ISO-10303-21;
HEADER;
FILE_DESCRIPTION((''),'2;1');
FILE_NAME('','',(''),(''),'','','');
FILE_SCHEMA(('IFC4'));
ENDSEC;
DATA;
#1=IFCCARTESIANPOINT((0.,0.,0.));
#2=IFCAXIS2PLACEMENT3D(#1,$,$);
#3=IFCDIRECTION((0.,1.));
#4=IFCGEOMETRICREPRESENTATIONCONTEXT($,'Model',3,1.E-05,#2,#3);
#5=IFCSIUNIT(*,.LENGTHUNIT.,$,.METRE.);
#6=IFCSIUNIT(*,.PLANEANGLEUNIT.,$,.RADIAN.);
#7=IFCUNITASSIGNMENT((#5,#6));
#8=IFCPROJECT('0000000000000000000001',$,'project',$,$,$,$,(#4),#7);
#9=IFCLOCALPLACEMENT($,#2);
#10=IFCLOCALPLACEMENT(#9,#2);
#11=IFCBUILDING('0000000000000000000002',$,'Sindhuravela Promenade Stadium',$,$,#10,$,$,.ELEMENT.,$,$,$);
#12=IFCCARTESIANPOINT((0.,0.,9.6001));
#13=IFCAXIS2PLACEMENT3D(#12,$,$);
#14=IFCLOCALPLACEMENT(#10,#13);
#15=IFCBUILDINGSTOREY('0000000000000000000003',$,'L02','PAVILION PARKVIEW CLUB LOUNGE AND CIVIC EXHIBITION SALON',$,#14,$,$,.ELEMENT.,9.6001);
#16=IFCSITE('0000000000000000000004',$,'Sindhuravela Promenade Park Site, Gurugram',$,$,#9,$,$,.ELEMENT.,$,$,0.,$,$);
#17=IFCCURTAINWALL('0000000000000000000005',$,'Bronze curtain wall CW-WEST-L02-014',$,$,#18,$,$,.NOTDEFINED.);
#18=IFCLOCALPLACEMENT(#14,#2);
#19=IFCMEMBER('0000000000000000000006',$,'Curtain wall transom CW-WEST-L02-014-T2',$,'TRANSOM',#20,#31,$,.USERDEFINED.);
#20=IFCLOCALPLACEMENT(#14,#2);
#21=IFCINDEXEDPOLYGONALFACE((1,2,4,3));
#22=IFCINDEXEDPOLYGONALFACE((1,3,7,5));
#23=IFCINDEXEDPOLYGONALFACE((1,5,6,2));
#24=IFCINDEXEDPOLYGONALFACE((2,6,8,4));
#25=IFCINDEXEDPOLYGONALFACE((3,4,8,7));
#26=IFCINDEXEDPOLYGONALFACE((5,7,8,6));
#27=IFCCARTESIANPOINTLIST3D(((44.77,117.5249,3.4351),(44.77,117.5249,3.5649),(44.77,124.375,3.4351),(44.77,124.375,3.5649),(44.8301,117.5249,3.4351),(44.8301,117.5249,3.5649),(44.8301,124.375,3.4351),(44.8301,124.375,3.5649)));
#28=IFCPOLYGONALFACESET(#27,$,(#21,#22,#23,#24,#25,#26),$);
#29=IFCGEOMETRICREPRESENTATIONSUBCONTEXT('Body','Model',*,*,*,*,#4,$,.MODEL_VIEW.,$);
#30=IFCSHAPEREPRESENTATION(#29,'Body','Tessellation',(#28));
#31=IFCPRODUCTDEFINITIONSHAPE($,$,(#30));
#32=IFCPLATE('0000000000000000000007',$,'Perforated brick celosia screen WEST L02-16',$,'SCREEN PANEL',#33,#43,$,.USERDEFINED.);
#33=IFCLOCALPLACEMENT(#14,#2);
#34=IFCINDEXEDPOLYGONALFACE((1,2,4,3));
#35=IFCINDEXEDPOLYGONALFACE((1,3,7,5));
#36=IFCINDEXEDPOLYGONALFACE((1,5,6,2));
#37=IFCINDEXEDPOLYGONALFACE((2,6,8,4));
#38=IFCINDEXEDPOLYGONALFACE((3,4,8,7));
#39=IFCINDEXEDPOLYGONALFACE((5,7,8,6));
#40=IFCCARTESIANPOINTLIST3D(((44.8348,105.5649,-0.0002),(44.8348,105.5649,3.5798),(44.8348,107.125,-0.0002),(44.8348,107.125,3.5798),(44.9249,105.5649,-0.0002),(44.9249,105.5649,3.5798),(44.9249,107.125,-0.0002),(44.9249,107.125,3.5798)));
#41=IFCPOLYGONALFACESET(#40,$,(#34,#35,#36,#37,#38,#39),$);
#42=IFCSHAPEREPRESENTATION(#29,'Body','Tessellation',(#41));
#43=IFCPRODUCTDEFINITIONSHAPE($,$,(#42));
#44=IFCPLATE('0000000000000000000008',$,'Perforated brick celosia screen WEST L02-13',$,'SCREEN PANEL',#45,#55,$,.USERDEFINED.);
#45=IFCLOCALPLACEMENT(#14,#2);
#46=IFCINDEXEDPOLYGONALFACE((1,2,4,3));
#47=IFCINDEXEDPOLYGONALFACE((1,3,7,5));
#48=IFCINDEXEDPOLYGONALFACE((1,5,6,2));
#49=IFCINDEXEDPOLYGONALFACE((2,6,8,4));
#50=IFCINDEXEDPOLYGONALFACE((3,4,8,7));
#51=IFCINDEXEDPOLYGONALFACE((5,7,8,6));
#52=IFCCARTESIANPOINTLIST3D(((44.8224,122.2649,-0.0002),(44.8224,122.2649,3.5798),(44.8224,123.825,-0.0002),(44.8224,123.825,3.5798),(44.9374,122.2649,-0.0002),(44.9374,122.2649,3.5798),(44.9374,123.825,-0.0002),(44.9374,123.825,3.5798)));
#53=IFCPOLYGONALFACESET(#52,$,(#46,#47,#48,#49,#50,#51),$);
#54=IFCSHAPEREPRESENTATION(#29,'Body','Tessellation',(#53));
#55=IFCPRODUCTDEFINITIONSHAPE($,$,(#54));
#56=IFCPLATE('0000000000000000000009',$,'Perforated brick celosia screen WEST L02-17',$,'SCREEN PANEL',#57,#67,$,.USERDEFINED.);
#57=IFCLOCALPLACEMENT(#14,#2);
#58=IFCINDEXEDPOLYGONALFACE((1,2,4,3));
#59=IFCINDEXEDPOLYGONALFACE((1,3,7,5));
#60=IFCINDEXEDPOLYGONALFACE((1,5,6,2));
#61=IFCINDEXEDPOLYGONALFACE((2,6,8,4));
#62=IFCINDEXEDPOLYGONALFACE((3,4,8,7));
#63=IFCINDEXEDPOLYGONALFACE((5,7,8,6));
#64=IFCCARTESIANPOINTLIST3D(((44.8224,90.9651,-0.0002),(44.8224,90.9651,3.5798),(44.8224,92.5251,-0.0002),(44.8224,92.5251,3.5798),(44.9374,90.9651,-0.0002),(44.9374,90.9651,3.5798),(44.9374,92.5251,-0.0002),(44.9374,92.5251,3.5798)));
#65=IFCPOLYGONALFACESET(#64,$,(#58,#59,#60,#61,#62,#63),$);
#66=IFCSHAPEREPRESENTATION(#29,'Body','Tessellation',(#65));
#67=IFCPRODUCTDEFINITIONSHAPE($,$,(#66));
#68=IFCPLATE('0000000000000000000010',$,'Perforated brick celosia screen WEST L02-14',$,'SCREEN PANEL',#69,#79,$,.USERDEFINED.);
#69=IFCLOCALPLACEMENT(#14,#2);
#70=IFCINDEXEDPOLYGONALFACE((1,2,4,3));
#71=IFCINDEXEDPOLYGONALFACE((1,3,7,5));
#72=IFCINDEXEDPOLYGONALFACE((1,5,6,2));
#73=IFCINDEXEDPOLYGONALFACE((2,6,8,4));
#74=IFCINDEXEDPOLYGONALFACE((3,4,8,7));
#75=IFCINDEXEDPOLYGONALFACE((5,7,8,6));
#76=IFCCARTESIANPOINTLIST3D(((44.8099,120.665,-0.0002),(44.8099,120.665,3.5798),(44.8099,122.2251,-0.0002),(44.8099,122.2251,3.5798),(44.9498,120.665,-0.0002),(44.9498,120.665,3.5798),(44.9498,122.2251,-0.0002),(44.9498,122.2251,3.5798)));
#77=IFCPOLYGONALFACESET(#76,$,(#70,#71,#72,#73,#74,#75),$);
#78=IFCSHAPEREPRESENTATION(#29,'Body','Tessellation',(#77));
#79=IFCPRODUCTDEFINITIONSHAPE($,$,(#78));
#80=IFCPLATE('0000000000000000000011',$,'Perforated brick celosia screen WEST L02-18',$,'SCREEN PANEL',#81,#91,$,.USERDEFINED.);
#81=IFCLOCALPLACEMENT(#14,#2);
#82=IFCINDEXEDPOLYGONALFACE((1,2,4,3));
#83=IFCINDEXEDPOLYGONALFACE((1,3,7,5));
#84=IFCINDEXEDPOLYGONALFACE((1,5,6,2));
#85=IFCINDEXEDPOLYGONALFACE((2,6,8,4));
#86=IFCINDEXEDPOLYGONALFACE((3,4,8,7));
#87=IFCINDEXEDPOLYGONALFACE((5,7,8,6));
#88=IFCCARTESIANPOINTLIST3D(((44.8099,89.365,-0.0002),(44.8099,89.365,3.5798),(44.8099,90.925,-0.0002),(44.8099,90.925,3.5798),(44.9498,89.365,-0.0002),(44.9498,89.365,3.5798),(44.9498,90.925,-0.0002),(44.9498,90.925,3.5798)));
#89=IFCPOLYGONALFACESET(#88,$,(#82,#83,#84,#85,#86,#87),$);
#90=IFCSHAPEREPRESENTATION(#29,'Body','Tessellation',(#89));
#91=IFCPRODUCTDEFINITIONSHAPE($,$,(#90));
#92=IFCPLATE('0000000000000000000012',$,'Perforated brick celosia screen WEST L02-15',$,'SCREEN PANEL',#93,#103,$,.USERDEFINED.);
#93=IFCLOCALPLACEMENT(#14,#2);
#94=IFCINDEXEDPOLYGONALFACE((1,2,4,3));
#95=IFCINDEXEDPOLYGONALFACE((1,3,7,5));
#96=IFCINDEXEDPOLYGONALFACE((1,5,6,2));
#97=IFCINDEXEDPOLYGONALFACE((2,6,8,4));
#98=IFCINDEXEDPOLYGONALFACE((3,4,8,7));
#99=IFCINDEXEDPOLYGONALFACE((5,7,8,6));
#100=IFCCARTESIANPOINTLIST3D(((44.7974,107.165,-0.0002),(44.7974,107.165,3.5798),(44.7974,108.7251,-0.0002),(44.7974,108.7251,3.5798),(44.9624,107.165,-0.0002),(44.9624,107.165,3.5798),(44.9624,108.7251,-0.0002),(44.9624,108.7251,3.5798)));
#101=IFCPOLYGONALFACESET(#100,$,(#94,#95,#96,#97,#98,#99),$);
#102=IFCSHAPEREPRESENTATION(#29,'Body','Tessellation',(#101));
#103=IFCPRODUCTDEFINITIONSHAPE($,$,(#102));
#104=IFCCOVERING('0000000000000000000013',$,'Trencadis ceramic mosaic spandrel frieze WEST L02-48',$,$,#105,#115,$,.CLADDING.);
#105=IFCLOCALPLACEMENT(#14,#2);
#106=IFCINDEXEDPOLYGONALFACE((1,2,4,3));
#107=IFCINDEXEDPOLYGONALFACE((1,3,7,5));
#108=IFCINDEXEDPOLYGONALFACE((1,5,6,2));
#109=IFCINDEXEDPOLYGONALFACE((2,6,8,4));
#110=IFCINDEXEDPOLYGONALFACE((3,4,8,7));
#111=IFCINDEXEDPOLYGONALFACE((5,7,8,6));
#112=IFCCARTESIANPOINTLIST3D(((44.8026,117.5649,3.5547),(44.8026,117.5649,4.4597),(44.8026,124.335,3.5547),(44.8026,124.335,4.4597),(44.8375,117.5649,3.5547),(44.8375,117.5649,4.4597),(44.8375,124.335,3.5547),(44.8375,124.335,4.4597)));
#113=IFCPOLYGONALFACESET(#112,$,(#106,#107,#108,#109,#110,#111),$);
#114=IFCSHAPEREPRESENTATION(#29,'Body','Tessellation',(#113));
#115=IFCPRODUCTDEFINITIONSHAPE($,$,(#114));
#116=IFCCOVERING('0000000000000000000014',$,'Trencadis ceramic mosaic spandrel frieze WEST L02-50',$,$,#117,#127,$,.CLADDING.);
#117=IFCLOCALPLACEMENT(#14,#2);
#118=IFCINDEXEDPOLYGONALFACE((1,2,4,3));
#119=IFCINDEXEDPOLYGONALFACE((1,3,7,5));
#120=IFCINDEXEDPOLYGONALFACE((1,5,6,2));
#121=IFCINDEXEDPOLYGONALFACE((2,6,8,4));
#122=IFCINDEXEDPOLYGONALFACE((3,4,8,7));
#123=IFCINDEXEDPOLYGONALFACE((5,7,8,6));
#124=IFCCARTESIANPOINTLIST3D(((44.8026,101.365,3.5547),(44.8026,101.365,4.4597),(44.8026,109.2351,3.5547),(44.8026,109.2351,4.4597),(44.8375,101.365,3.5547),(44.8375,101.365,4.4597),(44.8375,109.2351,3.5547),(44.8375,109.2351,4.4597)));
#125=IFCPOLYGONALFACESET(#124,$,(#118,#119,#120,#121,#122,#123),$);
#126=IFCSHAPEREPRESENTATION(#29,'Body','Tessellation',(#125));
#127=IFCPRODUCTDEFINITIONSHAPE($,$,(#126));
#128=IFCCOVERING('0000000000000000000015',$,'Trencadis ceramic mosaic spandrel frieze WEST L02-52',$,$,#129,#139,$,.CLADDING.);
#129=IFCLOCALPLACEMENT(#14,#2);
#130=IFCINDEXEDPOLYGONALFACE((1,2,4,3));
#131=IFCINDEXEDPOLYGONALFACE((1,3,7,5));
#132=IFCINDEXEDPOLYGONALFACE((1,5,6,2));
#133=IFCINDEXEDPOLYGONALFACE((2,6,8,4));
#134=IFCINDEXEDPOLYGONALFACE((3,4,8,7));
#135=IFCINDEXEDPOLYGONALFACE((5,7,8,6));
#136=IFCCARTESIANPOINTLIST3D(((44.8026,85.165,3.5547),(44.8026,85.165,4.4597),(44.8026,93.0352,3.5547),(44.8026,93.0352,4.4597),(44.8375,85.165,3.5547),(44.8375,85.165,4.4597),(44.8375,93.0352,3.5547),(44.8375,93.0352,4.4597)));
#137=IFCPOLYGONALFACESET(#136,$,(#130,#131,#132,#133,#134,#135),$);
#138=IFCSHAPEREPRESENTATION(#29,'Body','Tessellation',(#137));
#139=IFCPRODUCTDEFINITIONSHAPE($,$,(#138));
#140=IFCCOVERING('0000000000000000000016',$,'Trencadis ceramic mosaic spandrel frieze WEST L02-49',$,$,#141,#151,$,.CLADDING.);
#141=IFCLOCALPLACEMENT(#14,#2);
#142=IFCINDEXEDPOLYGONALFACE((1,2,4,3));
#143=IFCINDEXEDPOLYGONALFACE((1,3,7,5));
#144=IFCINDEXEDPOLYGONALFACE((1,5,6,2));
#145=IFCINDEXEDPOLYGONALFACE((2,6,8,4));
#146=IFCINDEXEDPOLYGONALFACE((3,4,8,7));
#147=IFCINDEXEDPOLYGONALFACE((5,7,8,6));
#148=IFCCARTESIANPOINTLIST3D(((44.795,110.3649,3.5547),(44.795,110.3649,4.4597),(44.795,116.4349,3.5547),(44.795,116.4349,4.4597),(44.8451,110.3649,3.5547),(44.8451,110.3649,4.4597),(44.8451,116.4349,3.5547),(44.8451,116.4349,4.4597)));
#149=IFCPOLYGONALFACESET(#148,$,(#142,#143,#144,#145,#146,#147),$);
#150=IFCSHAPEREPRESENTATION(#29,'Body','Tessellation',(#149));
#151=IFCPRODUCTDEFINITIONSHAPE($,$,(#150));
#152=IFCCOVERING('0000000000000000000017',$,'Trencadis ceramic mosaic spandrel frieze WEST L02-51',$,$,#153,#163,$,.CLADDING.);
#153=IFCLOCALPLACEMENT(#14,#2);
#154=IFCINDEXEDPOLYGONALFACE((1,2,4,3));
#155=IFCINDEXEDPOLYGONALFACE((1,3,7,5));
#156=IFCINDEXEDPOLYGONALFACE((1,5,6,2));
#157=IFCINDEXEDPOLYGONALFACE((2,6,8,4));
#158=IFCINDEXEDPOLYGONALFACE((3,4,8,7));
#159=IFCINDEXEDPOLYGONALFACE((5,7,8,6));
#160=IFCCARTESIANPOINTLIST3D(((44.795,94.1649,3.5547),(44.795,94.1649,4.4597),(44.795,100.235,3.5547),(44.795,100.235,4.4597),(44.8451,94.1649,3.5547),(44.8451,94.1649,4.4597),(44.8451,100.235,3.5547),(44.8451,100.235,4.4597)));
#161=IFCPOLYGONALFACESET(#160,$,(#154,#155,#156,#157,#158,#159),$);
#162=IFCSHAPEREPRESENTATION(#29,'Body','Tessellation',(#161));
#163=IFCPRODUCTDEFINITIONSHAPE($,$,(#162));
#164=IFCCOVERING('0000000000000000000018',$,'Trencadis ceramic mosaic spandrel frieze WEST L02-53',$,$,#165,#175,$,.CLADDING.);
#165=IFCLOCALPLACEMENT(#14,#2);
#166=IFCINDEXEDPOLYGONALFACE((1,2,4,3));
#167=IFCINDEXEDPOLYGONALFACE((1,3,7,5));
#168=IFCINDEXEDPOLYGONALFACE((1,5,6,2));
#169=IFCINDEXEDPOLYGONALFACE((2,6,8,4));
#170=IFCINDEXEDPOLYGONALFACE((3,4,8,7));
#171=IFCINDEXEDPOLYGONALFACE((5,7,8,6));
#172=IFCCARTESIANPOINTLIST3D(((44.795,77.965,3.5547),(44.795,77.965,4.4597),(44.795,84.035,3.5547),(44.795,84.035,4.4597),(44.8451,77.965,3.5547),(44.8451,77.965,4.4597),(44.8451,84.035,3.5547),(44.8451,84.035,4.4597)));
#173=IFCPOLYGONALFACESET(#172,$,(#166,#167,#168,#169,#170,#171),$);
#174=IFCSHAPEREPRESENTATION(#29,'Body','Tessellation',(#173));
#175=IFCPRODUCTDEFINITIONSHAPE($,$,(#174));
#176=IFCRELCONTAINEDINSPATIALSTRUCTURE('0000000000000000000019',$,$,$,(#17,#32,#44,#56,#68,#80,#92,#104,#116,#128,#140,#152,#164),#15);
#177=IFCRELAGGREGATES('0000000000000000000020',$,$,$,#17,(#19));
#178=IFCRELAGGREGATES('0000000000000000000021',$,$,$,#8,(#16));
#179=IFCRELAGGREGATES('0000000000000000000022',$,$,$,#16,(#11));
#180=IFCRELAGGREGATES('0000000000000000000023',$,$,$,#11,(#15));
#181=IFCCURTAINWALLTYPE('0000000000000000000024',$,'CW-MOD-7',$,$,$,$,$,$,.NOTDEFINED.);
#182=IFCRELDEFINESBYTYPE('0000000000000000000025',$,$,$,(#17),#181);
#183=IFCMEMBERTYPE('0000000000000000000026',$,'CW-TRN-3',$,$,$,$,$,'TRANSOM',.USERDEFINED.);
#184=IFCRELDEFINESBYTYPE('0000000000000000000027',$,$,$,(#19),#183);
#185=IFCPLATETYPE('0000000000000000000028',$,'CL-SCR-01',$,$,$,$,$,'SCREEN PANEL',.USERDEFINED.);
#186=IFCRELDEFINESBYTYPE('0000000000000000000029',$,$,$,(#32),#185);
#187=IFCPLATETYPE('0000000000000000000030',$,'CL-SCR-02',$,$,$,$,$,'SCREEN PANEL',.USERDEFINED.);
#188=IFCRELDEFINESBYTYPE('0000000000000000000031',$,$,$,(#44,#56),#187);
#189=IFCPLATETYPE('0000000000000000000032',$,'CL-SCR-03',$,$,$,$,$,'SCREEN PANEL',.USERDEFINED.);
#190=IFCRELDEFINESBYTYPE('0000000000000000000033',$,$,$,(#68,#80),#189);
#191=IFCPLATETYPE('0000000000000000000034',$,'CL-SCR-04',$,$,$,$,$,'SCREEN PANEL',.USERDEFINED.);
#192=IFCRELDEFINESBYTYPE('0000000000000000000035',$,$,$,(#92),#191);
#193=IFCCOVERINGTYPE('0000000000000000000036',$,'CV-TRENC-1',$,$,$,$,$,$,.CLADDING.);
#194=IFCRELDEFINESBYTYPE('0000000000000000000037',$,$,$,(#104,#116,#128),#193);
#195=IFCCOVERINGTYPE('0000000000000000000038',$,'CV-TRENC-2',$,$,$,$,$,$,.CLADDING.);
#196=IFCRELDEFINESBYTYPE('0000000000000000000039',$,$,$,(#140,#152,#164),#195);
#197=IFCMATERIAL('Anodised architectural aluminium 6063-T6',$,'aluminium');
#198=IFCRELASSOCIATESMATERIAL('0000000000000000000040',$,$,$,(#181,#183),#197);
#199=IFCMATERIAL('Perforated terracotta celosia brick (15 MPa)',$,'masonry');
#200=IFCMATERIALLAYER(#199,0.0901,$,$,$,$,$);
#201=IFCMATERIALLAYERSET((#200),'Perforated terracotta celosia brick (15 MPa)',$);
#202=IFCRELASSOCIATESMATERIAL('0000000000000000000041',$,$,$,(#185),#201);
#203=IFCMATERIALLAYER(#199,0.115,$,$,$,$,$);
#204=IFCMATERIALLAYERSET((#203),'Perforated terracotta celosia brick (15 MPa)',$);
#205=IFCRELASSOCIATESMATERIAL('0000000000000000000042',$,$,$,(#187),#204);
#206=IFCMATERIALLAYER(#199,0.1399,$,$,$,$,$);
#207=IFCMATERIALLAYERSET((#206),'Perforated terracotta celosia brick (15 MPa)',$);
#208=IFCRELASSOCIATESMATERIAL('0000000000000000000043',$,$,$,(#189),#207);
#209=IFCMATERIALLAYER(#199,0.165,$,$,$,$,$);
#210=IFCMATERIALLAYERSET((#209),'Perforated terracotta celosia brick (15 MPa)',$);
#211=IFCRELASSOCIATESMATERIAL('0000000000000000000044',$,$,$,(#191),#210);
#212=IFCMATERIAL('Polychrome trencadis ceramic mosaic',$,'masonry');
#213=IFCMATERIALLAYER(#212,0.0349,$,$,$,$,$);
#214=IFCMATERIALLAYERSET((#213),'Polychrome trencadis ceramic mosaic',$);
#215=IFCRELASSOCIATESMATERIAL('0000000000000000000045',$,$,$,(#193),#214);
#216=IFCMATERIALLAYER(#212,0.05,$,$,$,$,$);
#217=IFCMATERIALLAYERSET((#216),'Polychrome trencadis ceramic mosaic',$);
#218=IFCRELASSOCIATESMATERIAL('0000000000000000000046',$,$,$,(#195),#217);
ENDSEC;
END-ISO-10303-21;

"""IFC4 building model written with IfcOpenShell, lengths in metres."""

from ifc_helpers import new_model, si_unit, direction, frame, origin, origin_2d, place, context, subcontext, project, spatial, rectangle, extrude, material, layer, layer_set, material_profile, profile_set, type_object, element, aggregate, save


model = new_model("IFC4")

# Units and contexts
model_context = context("Model", 3, precision=1e-05, world=origin(), true_north=direction((0.0, 1.0)))
body_context = subcontext(model_context, "Body", "Model", "MODEL_VIEW")
ifc_project = project(units=[si_unit("LENGTHUNIT", "METRE"), si_unit("PLANEANGLEUNIT", "RADIAN")], contexts=[model_context])

# Site, building, storey
site_placement = place(None, origin())
site = spatial("IfcSite", under=ifc_project, at=site_placement, Name="Sindhuravela Promenade Park Site, Gurugram", CompositionType="ELEMENT", RefElevation=0.0)
building_placement = place(site_placement, origin())
building = spatial("IfcBuilding", under=site, at=building_placement, Name="Sindhuravela Promenade Stadium", CompositionType="ELEMENT")
storey_placement = place(building_placement, frame((0.0, 0.0, 9.6001)))
storey = spatial("IfcBuildingStorey", under=building, at=storey_placement, Name="L02", Description="PAVILION PARKVIEW CLUB LOUNGE AND CIVIC EXHIBITION SALON", CompositionType="ELEMENT", Elevation=9.6001)

# Curtain wall, member
ifc_material_1 = material(Name="Anodised architectural aluminium 6063-T6", Category="aluminium")
curtain_wall_type = type_object("IfcCurtainWallType", Name="CW-MOD-7", PredefinedType="NOTDEFINED", material=ifc_material_1)
curtain_wall_placement = place(storey_placement, origin())
curtain_wall = element("IfcCurtainWall", 1, at=curtain_wall_placement, inside=storey, type_object=curtain_wall_type, Name="Bronze curtain wall CW-WEST-L02-014", PredefinedType="NOTDEFINED")
ifc_material_profile = material_profile(ifc_material_1, rectangle(XDim=0.0601, YDim=0.1299, at=origin_2d()), Name="ALU T60x130")
ifc_profile_set = profile_set([ifc_material_profile], Name="Anodised architectural aluminium 6063-T6")
member_type = type_object("IfcMemberType", Name="CW-TRN-3", ElementType="TRANSOM", PredefinedType="USERDEFINED", material=ifc_profile_set)
member_placement = place(storey_placement, frame((44.8, 124.375, 3.5), z_axis=(0.0, -1.0, 0.0), x_axis=(1.0, 0.0, 0.0)))
member = element("IfcMember", 2, at=member_placement, type_object=member_type, Name="Curtain wall transom CW-WEST-L02-014-T2", ObjectType="TRANSOM", PredefinedType="USERDEFINED", context=body_context, shape_type="SweptSolid", body=[
    extrude(rectangle(XDim=0.0601, YDim=0.1299, at=origin_2d()), origin(), (0.0, 0.0, 1.0), 6.8501),
])
aggregate(curtain_wall, [member])

# Plates
ifc_material_2 = material(Name="Perforated terracotta celosia brick (15 MPa)", Category="masonry")
ifc_layer_1 = layer(ifc_material_2, 0.0901)
ifc_layer_set_1 = layer_set([ifc_layer_1], Name="Perforated terracotta celosia brick (15 MPa)")
plate_type_1 = type_object("IfcPlateType", Name="CL-SCR-01", ElementType="SCREEN PANEL", PredefinedType="USERDEFINED", material=ifc_layer_set_1)
plate_1_placement = place(storey_placement, frame((44.8799, 106.345, -0.0002), z_axis=(0.0, 0.0, 1.0), x_axis=(0.0, -1.0, 0.0)))
element("IfcPlate", 3, at=plate_1_placement, inside=storey, type_object=plate_type_1, Name="Perforated brick celosia screen WEST L02-16", ObjectType="SCREEN PANEL", PredefinedType="USERDEFINED", context=body_context, shape_type="SweptSolid", body=[
    extrude(rectangle(XDim=1.5601, YDim=0.0901, at=origin_2d()), origin(), (0.0, 0.0, 1.0), 3.5801),
])
ifc_layer_2 = layer(ifc_material_2, 0.115)
ifc_layer_set_2 = layer_set([ifc_layer_2], Name="Perforated terracotta celosia brick (15 MPa)")
plate_type_2 = type_object("IfcPlateType", Name="CL-SCR-02", ElementType="SCREEN PANEL", PredefinedType="USERDEFINED", material=ifc_layer_set_2)
for number, where, z_axis, x_axis, name in (
    (4, (44.8799, 123.0449, -0.0002), (0.0, 0.0, 1.0), (0.0, -1.0, 0.0), "Perforated brick celosia screen WEST L02-13"),
    (5, (44.8799, 91.7451, -0.0002), (0.0, 0.0, 1.0), (0.0, -1.0, 0.0), "Perforated brick celosia screen WEST L02-17"),
):
    element("IfcPlate", number, at=place(storey_placement, frame(where, z_axis=z_axis, x_axis=x_axis)), inside=storey, type_object=plate_type_2, Name=name, ObjectType="SCREEN PANEL", PredefinedType="USERDEFINED", context=body_context, shape_type="SweptSolid", body=[
        extrude(rectangle(XDim=1.5601, YDim=0.115, at=origin_2d()), origin(), (0.0, 0.0, 1.0), 3.5801),
    ])
ifc_layer_3 = layer(ifc_material_2, 0.1399)
ifc_layer_set_3 = layer_set([ifc_layer_3], Name="Perforated terracotta celosia brick (15 MPa)")
plate_type_3 = type_object("IfcPlateType", Name="CL-SCR-03", ElementType="SCREEN PANEL", PredefinedType="USERDEFINED", material=ifc_layer_set_3)
for number, where, z_axis, x_axis, name in (
    (6, (44.8799, 121.4451, -0.0002), (0.0, 0.0, 1.0), (0.0, -1.0, 0.0), "Perforated brick celosia screen WEST L02-14"),
    (7, (44.8799, 90.145, -0.0002), (0.0, 0.0, 1.0), (0.0, -1.0, 0.0), "Perforated brick celosia screen WEST L02-18"),
):
    element("IfcPlate", number, at=place(storey_placement, frame(where, z_axis=z_axis, x_axis=x_axis)), inside=storey, type_object=plate_type_3, Name=name, ObjectType="SCREEN PANEL", PredefinedType="USERDEFINED", context=body_context, shape_type="SweptSolid", body=[
        extrude(rectangle(XDim=1.5601, YDim=0.1399, at=origin_2d()), origin(), (0.0, 0.0, 1.0), 3.5801),
    ])
ifc_layer_4 = layer(ifc_material_2, 0.165)
ifc_layer_set_4 = layer_set([ifc_layer_4], Name="Perforated terracotta celosia brick (15 MPa)")
plate_type_4 = type_object("IfcPlateType", Name="CL-SCR-04", ElementType="SCREEN PANEL", PredefinedType="USERDEFINED", material=ifc_layer_set_4)
plate_2_placement = place(storey_placement, frame((44.8799, 107.9451, -0.0002), z_axis=(0.0, 0.0, 1.0), x_axis=(0.0, -1.0, 0.0)))
element("IfcPlate", 8, at=plate_2_placement, inside=storey, type_object=plate_type_4, Name="Perforated brick celosia screen WEST L02-15", ObjectType="SCREEN PANEL", PredefinedType="USERDEFINED", context=body_context, shape_type="SweptSolid", body=[
    extrude(rectangle(XDim=1.5601, YDim=0.165, at=origin_2d()), origin(), (0.0, 0.0, 1.0), 3.5801),
])

# Coverings
ifc_material_3 = material(Name="Polychrome trencadis ceramic mosaic", Category="masonry")
ifc_layer_5 = layer(ifc_material_3, 0.0349)
ifc_layer_set_5 = layer_set([ifc_layer_5], Name="Polychrome trencadis ceramic mosaic")
covering_type_1 = type_object("IfcCoveringType", Name="CV-TRENC-1", PredefinedType="CLADDING", material=ifc_layer_set_5)
covering_placement = place(storey_placement, frame((44.8201, 120.95, 3.5547), z_axis=(0.0, 0.0, 1.0), x_axis=(0.0, -1.0, 0.0)))
element("IfcCovering", 9, at=covering_placement, inside=storey, type_object=covering_type_1, Name="Trencadis ceramic mosaic spandrel frieze WEST L02-48", PredefinedType="CLADDING", context=body_context, shape_type="SweptSolid", body=[
    extrude(rectangle(XDim=6.77, YDim=0.0349, at=origin_2d()), origin(), (0.0, 0.0, 1.0), 0.905),
])
for number, where, z_axis, x_axis, name in (
    (10, (44.8201, 105.3, 3.5547), (0.0, 0.0, 1.0), (0.0, -1.0, 0.0), "Trencadis ceramic mosaic spandrel frieze WEST L02-50"),
    (11, (44.8201, 89.1001, 3.5547), (0.0, 0.0, 1.0), (0.0, -1.0, 0.0), "Trencadis ceramic mosaic spandrel frieze WEST L02-52"),
):
    element("IfcCovering", number, at=place(storey_placement, frame(where, z_axis=z_axis, x_axis=x_axis)), inside=storey, type_object=covering_type_1, Name=name, PredefinedType="CLADDING", context=body_context, shape_type="SweptSolid", body=[
        extrude(rectangle(XDim=7.8701, YDim=0.0349, at=origin_2d()), origin(), (0.0, 0.0, 1.0), 0.905),
    ])
ifc_layer_6 = layer(ifc_material_3, 0.05)
ifc_layer_set_6 = layer_set([ifc_layer_6], Name="Polychrome trencadis ceramic mosaic")
covering_type_2 = type_object("IfcCoveringType", Name="CV-TRENC-2", PredefinedType="CLADDING", material=ifc_layer_set_6)
for number, where, z_axis, x_axis, name in (
    (12, (44.8201, 113.3999, 3.5547), (0.0, 0.0, 1.0), (0.0, -1.0, 0.0), "Trencadis ceramic mosaic spandrel frieze WEST L02-49"),
    (13, (44.8201, 97.2, 3.5547), (0.0, 0.0, 1.0), (0.0, -1.0, 0.0), "Trencadis ceramic mosaic spandrel frieze WEST L02-51"),
    (14, (44.8201, 81.0, 3.5547), (0.0, 0.0, 1.0), (0.0, -1.0, 0.0), "Trencadis ceramic mosaic spandrel frieze WEST L02-53"),
):
    element("IfcCovering", number, at=place(storey_placement, frame(where, z_axis=z_axis, x_axis=x_axis)), inside=storey, type_object=covering_type_2, Name=name, PredefinedType="CLADDING", context=body_context, shape_type="SweptSolid", body=[
        extrude(rectangle(XDim=6.0701, YDim=0.05, at=origin_2d()), origin(), (0.0, 0.0, 1.0), 0.905),
    ])

save(model, "model.ifc")
